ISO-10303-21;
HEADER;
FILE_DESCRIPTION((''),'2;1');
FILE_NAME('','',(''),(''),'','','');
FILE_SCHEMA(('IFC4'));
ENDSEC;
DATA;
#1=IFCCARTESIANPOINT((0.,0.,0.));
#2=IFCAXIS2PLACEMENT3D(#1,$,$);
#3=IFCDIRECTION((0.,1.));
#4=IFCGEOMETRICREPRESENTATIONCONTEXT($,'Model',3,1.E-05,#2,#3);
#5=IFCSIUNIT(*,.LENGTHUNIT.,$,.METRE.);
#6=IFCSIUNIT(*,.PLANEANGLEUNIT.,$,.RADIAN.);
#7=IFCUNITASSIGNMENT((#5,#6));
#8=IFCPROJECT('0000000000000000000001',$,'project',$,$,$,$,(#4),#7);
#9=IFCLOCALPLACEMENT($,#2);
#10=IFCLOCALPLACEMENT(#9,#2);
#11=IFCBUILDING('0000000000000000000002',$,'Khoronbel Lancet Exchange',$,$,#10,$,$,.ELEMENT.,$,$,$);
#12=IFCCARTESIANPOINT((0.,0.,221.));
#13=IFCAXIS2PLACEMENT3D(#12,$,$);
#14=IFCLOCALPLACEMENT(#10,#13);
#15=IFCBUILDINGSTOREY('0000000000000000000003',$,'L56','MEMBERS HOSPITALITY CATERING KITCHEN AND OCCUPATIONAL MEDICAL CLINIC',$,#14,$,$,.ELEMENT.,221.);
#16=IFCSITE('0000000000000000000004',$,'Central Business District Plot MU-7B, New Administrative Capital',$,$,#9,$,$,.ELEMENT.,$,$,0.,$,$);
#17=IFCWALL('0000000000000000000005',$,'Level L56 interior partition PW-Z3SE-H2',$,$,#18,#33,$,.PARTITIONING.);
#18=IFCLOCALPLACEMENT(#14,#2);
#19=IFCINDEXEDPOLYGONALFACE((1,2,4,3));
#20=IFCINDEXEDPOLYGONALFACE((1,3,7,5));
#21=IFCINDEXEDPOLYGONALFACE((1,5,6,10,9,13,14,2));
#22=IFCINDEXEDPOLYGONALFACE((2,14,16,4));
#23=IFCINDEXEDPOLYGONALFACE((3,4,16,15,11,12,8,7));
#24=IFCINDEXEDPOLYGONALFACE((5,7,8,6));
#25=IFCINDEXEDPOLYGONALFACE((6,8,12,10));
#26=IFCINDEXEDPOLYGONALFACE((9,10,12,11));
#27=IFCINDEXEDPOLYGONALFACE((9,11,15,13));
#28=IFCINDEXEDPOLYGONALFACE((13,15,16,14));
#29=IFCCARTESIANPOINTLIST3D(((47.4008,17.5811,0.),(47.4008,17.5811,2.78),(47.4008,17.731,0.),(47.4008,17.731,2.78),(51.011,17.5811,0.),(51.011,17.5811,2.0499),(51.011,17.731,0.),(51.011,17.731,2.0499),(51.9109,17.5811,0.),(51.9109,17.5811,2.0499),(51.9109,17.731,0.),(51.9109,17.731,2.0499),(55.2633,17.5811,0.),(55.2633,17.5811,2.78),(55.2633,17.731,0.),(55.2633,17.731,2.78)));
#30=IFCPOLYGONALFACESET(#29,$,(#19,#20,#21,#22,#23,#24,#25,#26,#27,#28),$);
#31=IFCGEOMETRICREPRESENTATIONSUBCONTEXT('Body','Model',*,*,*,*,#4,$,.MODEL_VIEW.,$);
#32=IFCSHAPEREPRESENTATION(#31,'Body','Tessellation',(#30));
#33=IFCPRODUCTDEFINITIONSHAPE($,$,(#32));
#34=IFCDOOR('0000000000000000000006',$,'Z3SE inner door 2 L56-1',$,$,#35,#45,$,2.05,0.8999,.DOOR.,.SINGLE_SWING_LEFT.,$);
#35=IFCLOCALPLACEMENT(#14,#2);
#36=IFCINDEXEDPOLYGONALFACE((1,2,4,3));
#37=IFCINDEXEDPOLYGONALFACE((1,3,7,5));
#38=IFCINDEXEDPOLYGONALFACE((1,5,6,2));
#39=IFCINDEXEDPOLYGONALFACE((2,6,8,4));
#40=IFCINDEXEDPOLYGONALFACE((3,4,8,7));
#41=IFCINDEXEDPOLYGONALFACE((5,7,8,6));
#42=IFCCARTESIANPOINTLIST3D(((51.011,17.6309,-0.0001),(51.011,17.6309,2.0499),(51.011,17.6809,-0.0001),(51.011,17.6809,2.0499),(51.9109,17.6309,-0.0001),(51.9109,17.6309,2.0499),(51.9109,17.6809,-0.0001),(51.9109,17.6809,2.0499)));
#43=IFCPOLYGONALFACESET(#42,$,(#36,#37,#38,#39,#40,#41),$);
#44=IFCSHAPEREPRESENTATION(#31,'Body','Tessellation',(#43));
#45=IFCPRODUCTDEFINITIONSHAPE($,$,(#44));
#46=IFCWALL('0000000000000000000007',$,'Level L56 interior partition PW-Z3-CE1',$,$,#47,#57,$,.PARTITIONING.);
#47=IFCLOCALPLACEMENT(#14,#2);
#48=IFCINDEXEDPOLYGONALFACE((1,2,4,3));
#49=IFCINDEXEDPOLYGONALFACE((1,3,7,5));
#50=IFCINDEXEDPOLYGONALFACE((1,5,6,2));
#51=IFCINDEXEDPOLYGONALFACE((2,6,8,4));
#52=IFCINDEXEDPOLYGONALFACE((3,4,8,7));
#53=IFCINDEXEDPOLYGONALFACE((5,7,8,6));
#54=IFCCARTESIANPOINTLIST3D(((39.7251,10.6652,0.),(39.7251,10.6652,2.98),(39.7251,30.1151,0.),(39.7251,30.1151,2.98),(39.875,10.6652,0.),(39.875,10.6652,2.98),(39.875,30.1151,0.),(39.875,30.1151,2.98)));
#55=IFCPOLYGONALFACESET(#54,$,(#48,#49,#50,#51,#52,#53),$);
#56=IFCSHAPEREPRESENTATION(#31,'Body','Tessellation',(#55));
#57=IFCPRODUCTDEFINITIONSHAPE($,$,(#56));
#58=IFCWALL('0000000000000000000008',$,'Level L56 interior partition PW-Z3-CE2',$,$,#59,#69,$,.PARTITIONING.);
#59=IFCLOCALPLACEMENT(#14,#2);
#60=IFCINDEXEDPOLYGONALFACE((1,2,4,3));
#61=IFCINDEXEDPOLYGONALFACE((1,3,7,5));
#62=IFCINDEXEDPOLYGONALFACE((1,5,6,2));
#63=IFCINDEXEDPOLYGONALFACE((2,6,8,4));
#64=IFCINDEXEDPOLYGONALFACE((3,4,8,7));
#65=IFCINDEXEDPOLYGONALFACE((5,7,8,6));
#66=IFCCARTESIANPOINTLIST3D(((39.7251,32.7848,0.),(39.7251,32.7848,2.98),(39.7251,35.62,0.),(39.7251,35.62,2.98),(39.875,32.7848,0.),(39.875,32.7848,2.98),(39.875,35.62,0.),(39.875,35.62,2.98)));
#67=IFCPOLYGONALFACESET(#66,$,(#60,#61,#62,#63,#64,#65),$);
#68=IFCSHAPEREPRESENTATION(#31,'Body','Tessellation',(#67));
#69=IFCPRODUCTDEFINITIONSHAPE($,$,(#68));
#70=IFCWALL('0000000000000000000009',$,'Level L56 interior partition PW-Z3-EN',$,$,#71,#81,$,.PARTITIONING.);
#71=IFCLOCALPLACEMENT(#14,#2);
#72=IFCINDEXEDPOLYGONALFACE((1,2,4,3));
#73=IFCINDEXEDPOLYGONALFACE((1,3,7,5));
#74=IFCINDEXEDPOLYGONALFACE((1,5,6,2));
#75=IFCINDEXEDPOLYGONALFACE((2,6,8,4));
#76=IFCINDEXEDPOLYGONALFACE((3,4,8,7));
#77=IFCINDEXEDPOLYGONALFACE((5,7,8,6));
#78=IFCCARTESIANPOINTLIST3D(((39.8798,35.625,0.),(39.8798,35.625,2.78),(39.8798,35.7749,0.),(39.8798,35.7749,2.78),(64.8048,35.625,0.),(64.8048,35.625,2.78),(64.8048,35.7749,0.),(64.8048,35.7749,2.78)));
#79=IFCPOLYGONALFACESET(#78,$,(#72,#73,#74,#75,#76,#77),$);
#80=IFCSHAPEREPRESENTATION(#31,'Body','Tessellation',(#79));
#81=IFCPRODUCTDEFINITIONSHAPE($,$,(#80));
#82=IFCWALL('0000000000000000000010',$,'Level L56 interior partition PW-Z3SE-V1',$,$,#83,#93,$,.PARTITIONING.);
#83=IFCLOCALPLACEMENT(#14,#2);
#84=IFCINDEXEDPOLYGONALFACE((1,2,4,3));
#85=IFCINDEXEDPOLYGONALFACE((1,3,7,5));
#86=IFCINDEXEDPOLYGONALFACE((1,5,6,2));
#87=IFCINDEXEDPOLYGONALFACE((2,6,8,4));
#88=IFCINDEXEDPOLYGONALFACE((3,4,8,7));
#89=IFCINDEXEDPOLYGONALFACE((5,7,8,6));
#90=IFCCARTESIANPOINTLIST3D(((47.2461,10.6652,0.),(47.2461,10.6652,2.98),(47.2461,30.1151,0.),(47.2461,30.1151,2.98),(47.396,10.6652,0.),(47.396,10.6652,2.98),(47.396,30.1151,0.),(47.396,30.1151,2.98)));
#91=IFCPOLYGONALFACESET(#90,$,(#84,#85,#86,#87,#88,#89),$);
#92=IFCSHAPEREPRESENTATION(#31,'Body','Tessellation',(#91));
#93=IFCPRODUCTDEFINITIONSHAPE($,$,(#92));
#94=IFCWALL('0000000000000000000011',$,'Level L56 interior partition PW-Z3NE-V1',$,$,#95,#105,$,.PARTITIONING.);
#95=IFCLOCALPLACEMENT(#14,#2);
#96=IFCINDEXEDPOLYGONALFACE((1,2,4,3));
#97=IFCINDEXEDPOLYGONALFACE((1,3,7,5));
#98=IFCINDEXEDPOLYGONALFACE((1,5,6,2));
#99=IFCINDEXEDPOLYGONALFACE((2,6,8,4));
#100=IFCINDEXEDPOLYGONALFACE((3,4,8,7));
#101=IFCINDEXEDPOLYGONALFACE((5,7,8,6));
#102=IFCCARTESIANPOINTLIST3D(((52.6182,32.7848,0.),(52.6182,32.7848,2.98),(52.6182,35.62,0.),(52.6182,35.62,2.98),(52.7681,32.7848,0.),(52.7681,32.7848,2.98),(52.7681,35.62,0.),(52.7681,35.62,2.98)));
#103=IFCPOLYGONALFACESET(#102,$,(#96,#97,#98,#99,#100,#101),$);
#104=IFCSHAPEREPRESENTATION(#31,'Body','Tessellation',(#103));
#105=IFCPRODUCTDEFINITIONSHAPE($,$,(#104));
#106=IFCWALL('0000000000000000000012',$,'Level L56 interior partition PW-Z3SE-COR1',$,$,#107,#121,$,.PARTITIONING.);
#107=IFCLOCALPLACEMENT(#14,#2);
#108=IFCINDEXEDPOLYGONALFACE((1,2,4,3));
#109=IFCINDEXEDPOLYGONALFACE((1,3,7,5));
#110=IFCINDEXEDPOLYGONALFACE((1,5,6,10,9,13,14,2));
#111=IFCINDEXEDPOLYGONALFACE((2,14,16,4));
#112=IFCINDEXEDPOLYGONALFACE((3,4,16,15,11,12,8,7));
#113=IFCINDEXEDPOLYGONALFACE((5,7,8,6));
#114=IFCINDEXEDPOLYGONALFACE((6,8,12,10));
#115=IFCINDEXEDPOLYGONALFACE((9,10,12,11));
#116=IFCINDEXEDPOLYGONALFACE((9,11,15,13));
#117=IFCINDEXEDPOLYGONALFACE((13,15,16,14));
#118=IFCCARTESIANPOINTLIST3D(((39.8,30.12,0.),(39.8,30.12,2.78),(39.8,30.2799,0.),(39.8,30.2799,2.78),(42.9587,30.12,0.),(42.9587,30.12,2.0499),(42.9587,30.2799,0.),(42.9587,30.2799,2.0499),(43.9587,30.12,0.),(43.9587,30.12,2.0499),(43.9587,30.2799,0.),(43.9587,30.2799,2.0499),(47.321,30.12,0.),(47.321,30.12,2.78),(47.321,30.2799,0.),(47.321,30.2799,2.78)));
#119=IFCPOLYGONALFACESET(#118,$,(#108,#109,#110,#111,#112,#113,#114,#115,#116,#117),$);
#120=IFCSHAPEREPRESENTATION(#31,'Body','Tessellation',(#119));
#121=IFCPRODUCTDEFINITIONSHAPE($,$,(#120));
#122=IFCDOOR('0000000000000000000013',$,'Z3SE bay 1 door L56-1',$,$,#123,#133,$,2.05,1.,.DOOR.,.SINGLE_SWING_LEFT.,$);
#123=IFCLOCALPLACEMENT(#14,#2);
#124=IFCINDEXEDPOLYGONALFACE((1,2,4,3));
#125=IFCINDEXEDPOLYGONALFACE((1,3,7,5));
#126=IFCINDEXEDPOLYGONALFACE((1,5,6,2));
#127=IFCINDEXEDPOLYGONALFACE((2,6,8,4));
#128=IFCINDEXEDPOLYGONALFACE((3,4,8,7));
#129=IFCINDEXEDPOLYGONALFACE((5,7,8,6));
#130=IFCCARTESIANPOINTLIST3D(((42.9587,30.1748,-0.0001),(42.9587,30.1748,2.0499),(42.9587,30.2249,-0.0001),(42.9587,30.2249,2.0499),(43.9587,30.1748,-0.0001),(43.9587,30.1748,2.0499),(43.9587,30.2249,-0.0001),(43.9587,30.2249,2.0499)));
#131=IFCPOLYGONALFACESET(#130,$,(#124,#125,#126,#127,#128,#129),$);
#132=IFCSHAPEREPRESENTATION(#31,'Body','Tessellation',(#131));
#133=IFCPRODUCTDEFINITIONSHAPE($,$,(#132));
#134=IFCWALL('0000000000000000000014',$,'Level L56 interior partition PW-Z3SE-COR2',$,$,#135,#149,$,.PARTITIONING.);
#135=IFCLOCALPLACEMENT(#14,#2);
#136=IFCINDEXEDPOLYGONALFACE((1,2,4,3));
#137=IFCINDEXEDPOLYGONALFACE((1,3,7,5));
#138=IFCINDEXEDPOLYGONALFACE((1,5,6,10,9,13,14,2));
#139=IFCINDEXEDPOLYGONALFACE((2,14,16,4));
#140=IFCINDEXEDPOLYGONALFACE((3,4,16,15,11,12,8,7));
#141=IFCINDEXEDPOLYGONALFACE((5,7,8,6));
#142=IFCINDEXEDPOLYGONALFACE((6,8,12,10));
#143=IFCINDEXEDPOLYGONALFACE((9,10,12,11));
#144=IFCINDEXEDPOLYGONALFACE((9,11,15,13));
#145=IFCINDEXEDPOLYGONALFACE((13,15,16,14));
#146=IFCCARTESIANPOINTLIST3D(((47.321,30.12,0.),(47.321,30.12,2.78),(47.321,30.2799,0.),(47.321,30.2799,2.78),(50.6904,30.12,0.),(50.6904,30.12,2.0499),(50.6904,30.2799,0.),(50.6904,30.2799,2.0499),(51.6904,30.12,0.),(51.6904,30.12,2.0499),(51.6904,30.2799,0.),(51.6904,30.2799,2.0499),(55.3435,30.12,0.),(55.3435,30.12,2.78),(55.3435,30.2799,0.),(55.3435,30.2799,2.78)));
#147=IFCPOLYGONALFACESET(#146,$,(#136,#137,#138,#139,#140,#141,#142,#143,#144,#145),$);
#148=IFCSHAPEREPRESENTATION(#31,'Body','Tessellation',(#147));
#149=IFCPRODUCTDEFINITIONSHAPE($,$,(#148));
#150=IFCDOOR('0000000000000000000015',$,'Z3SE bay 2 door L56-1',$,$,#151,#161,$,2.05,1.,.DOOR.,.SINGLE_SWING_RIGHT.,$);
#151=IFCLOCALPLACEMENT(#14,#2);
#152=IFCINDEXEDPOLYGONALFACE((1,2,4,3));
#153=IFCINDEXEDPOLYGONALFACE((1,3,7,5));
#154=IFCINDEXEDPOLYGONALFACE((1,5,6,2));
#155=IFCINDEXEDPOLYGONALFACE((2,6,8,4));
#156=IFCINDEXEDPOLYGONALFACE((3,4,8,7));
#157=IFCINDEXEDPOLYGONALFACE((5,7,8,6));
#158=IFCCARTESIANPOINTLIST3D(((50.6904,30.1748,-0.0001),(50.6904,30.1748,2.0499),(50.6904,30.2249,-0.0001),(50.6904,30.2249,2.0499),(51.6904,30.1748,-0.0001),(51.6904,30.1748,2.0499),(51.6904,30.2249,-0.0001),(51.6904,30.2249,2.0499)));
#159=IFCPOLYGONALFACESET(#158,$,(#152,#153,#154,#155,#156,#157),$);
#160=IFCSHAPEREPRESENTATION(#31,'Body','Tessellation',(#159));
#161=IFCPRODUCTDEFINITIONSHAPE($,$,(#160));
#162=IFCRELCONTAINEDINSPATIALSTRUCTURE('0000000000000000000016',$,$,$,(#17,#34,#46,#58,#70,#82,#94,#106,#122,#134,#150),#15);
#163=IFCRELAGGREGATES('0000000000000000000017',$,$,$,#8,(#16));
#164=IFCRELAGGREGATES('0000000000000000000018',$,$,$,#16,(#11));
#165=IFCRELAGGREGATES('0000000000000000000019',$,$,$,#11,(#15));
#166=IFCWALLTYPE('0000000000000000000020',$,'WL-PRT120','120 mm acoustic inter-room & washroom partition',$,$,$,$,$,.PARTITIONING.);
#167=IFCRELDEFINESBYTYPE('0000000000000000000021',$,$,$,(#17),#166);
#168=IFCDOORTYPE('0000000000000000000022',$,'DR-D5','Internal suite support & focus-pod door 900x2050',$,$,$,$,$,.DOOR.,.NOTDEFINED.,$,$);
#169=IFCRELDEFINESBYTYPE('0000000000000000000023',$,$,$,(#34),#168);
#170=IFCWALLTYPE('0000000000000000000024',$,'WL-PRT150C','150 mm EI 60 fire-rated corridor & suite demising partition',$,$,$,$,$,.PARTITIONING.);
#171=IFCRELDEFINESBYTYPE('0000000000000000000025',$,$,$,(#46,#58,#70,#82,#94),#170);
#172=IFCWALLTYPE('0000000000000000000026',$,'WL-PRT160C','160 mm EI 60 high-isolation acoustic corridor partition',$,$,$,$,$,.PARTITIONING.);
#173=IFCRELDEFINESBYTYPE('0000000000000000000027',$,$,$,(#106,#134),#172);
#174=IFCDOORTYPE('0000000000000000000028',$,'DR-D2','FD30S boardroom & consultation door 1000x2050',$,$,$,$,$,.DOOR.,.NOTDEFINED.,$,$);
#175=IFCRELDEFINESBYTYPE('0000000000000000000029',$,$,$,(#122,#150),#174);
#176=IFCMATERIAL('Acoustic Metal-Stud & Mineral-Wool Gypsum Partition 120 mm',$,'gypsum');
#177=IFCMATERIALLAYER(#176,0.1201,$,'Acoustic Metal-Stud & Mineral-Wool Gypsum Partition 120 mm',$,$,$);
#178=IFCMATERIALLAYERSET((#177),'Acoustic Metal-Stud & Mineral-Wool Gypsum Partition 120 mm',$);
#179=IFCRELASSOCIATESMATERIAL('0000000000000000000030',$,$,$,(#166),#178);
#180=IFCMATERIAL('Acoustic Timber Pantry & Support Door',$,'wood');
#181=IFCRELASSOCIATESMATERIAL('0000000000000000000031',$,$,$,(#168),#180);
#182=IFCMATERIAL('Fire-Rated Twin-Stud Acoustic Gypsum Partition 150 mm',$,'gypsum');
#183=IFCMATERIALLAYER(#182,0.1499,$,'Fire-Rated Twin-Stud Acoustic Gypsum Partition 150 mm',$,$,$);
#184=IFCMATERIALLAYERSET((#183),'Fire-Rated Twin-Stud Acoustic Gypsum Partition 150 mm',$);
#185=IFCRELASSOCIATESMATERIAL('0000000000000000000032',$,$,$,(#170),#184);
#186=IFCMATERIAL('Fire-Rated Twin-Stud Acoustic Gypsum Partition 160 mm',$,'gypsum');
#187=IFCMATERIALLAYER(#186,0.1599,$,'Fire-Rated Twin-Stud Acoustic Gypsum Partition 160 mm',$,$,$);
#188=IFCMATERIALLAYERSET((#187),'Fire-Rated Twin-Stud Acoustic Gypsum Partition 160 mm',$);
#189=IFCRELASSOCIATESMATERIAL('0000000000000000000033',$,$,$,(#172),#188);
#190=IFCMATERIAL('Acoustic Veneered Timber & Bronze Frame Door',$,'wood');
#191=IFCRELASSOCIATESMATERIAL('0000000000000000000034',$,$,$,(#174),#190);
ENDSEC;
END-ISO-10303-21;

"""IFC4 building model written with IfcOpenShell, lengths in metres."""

from ifc_helpers import new_model, si_unit, direction, frame, frame_2d, origin, place, context, subcontext, project, spatial, rectangle, extrude, material, layer, layer_set, type_object, element, fill, save


model = new_model("IFC4")

# Units and contexts
model_context = context("Model", 3, precision=1e-05, world=origin(), true_north=direction((0.0, 1.0)))
body_context = subcontext(model_context, "Body", "Model", "MODEL_VIEW")
ifc_project = project(units=[si_unit("LENGTHUNIT", "METRE"), si_unit("PLANEANGLEUNIT", "RADIAN")], contexts=[model_context])

# Site, building, storey
site_placement = place(None, origin())
site = spatial("IfcSite", under=ifc_project, at=site_placement, Name="Central Business District Plot MU-7B, New Administrative Capital", CompositionType="ELEMENT", RefElevation=0.0)
building_placement = place(site_placement, origin())
building = spatial("IfcBuilding", under=site, at=building_placement, Name="Khoronbel Lancet Exchange", CompositionType="ELEMENT")
storey_placement = place(building_placement, frame((0.0, 0.0, 221.0)))
storey = spatial("IfcBuildingStorey", under=building, at=storey_placement, Name="L56", Description="MEMBERS HOSPITALITY CATERING KITCHEN AND OCCUPATIONAL MEDICAL CLINIC", CompositionType="ELEMENT", Elevation=221.0)

# Wall, opening, door
ifc_material_1 = material(Name="Acoustic Metal-Stud & Mineral-Wool Gypsum Partition 120 mm", Category="gypsum")
ifc_layer_1 = layer(ifc_material_1, 0.1201, Name="Acoustic Metal-Stud & Mineral-Wool Gypsum Partition 120 mm")
ifc_layer_set_1 = layer_set([ifc_layer_1], Name="Acoustic Metal-Stud & Mineral-Wool Gypsum Partition 120 mm")
wall_type_1 = type_object("IfcWallType", Name="WL-PRT120", Description="120 mm acoustic inter-room & washroom partition", PredefinedType="PARTITIONING", material=ifc_layer_set_1)
wall_1_placement = place(storey_placement, frame((47.4009, 17.656, 0.0), z_axis=(0.0, 0.0, 1.0), x_axis=(1.0, 0.0, 0.0)))
wall_1 = element("IfcWall", 1, at=wall_1_placement, inside=storey, type_object=wall_type_1, Name="Level L56 interior partition PW-Z3SE-H2", PredefinedType="PARTITIONING", context=body_context, shape_type="SweptSolid", body=[
    extrude(rectangle(XDim=7.8625, YDim=0.1499, at=frame_2d((3.9312, 0.0))), origin(), (0.0, 0.0, 1.0), 2.78),
])
opening_1_placement = place(wall_1_placement, frame((3.6101, 0.0, 0.0)))
opening_1 = element("IfcOpeningElement", 2, at=opening_1_placement, cuts=wall_1, PredefinedType="OPENING", context=body_context, shape_type="SweptSolid", body=[
    extrude(rectangle(XDim=0.8999, YDim=2.05, at=frame_2d((0.45, 1.0249))), frame((0.0, 0.085, 0.0), z_axis=(0.0, -1.0, 0.0), x_axis=(1.0, 0.0, 0.0)), (0.0, 0.0, 1.0), 0.1699),
])
ifc_material_2 = material(Name="Acoustic Timber Pantry & Support Door", Category="wood")
door_type_1 = type_object("IfcDoorType", Name="DR-D5", Description="Internal suite support & focus-pod door 900x2050", OperationType="NOTDEFINED", PredefinedType="DOOR", material=ifc_material_2)
door_1_placement = place(opening_1_placement, origin())
door_1 = element("IfcDoor", 3, at=door_1_placement, inside=storey, type_object=door_type_1, Name="Z3SE inner door 2 L56-1", OperationType="SINGLE_SWING_LEFT", OverallHeight=2.05, OverallWidth=0.8999, PredefinedType="DOOR", context=body_context, shape_type="SweptSolid", body=[
    extrude(rectangle(XDim=0.8999, YDim=2.05, at=frame_2d((0.45, 1.0249))), frame((0.0, 0.0249, 0.0), z_axis=(0.0, -1.0, 0.0), x_axis=(1.0, 0.0, 0.0)), (0.0, 0.0, 1.0), 0.05),
])
fill(opening_1, door_1)

# Walls
ifc_material_3 = material(Name="Fire-Rated Twin-Stud Acoustic Gypsum Partition 150 mm", Category="gypsum")
ifc_layer_2 = layer(ifc_material_3, 0.1499, Name="Fire-Rated Twin-Stud Acoustic Gypsum Partition 150 mm")
ifc_layer_set_2 = layer_set([ifc_layer_2], Name="Fire-Rated Twin-Stud Acoustic Gypsum Partition 150 mm")
wall_type_2 = type_object("IfcWallType", Name="WL-PRT150C", Description="150 mm EI 60 fire-rated corridor & suite demising partition", PredefinedType="PARTITIONING", material=ifc_layer_set_2)
wall_2_placement = place(storey_placement, frame((39.8, 10.665, 0.0), z_axis=(0.0, 0.0, 1.0), x_axis=(0.0, 1.0, 0.0)))
element("IfcWall", 4, at=wall_2_placement, inside=storey, type_object=wall_type_2, Name="Level L56 interior partition PW-Z3-CE1", PredefinedType="PARTITIONING", context=body_context, shape_type="SweptSolid", body=[
    extrude(rectangle(XDim=19.45, YDim=0.1499, at=frame_2d((9.7251, 0.0))), origin(), (0.0, 0.0, 1.0), 2.98),
])
wall_3_placement = place(storey_placement, frame((39.8, 32.7849, 0.0), z_axis=(0.0, 0.0, 1.0), x_axis=(0.0, 1.0, 0.0)))
element("IfcWall", 5, at=wall_3_placement, inside=storey, type_object=wall_type_2, Name="Level L56 interior partition PW-Z3-CE2", PredefinedType="PARTITIONING", context=body_context, shape_type="SweptSolid", body=[
    extrude(rectangle(XDim=2.8352, YDim=0.1499, at=frame_2d((1.4175, 0.0))), origin(), (0.0, 0.0, 1.0), 2.98),
])
wall_4_placement = place(storey_placement, frame((39.8799, 35.7, 0.0), z_axis=(0.0, 0.0, 1.0), x_axis=(1.0, 0.0, 0.0)))
element("IfcWall", 6, at=wall_4_placement, inside=storey, type_object=wall_type_2, Name="Level L56 interior partition PW-Z3-EN", PredefinedType="PARTITIONING", context=body_context, shape_type="SweptSolid", body=[
    extrude(rectangle(XDim=24.925, YDim=0.1499, at=frame_2d((12.4624, 0.0))), origin(), (0.0, 0.0, 1.0), 2.78),
])
wall_5_placement = place(storey_placement, frame((47.321, 10.665, 0.0), z_axis=(0.0, 0.0, 1.0), x_axis=(0.0, 1.0, 0.0)))
element("IfcWall", 7, at=wall_5_placement, inside=storey, type_object=wall_type_2, Name="Level L56 interior partition PW-Z3SE-V1", PredefinedType="PARTITIONING", context=body_context, shape_type="SweptSolid", body=[
    extrude(rectangle(XDim=19.45, YDim=0.1499, at=frame_2d((9.7251, 0.0))), origin(), (0.0, 0.0, 1.0), 2.98),
])
wall_6_placement = place(storey_placement, frame((52.6931, 32.7849, 0.0), z_axis=(0.0, 0.0, 1.0), x_axis=(0.0, 1.0, 0.0)))
element("IfcWall", 8, at=wall_6_placement, inside=storey, type_object=wall_type_2, Name="Level L56 interior partition PW-Z3NE-V1", PredefinedType="PARTITIONING", context=body_context, shape_type="SweptSolid", body=[
    extrude(rectangle(XDim=2.8352, YDim=0.1499, at=frame_2d((1.4175, 0.0))), origin(), (0.0, 0.0, 1.0), 2.98),
])

# Walls, openings, doors
ifc_material_4 = material(Name="Fire-Rated Twin-Stud Acoustic Gypsum Partition 160 mm", Category="gypsum")
ifc_layer_3 = layer(ifc_material_4, 0.1599, Name="Fire-Rated Twin-Stud Acoustic Gypsum Partition 160 mm")
ifc_layer_set_3 = layer_set([ifc_layer_3], Name="Fire-Rated Twin-Stud Acoustic Gypsum Partition 160 mm")
wall_type_3 = type_object("IfcWallType", Name="WL-PRT160C", Description="160 mm EI 60 high-isolation acoustic corridor partition", PredefinedType="PARTITIONING", material=ifc_layer_set_3)
wall_7_placement = place(storey_placement, frame((39.8, 30.2, 0.0), z_axis=(0.0, 0.0, 1.0), x_axis=(1.0, 0.0, 0.0)))
wall_7 = element("IfcWall", 9, at=wall_7_placement, inside=storey, type_object=wall_type_3, Name="Level L56 interior partition PW-Z3SE-COR1", PredefinedType="PARTITIONING", context=body_context, shape_type="SweptSolid", body=[
    extrude(rectangle(XDim=7.521, YDim=0.1599, at=frame_2d((3.7605, 0.0))), origin(), (0.0, 0.0, 1.0), 2.78),
])
opening_2_placement = place(wall_7_placement, frame((3.1587, 0.0, 0.0)))
opening_2 = element("IfcOpeningElement", 10, at=opening_2_placement, cuts=wall_7, PredefinedType="OPENING", context=body_context, shape_type="SweptSolid", body=[
    extrude(rectangle(XDim=1.0, YDim=2.05, at=frame_2d((0.5, 1.0249))), frame((0.0, 0.0898, 0.0), z_axis=(0.0, -1.0, 0.0), x_axis=(1.0, 0.0, 0.0)), (0.0, 0.0, 1.0), 0.1799),
])
ifc_material_5 = material(Name="Acoustic Veneered Timber & Bronze Frame Door", Category="wood")
door_type_2 = type_object("IfcDoorType", Name="DR-D2", Description="FD30S boardroom & consultation door 1000x2050", OperationType="NOTDEFINED", PredefinedType="DOOR", material=ifc_material_5)
door_2_placement = place(opening_2_placement, origin())
door_2 = element("IfcDoor", 11, at=door_2_placement, inside=storey, type_object=door_type_2, Name="Z3SE bay 1 door L56-1", OperationType="SINGLE_SWING_LEFT", OverallHeight=2.05, OverallWidth=1.0, PredefinedType="DOOR", context=body_context, shape_type="SweptSolid", body=[
    extrude(rectangle(XDim=1.0, YDim=2.05, at=frame_2d((0.5, 1.0249))), frame((0.0, 0.0249, 0.0), z_axis=(0.0, -1.0, 0.0), x_axis=(1.0, 0.0, 0.0)), (0.0, 0.0, 1.0), 0.05),
])
fill(opening_2, door_2)
wall_8_placement = place(storey_placement, frame((47.321, 30.2, 0.0), z_axis=(0.0, 0.0, 1.0), x_axis=(1.0, 0.0, 0.0)))
wall_8 = element("IfcWall", 12, at=wall_8_placement, inside=storey, type_object=wall_type_3, Name="Level L56 interior partition PW-Z3SE-COR2", PredefinedType="PARTITIONING", context=body_context, shape_type="SweptSolid", body=[
    extrude(rectangle(XDim=8.0225, YDim=0.1599, at=frame_2d((4.0112, 0.0))), origin(), (0.0, 0.0, 1.0), 2.78),
])
opening_3_placement = place(wall_8_placement, frame((3.3694, 0.0, 0.0)))
opening_3 = element("IfcOpeningElement", 13, at=opening_3_placement, cuts=wall_8, PredefinedType="OPENING", context=body_context, shape_type="SweptSolid", body=[
    extrude(rectangle(XDim=1.0, YDim=2.05, at=frame_2d((0.5, 1.0249))), frame((0.0, 0.0898, 0.0), z_axis=(0.0, -1.0, 0.0), x_axis=(1.0, 0.0, 0.0)), (0.0, 0.0, 1.0), 0.1799),
])
door_3_placement = place(opening_3_placement, origin())
door_3 = element("IfcDoor", 14, at=door_3_placement, inside=storey, type_object=door_type_2, Name="Z3SE bay 2 door L56-1", OperationType="SINGLE_SWING_RIGHT", OverallHeight=2.05, OverallWidth=1.0, PredefinedType="DOOR", context=body_context, shape_type="SweptSolid", body=[
    extrude(rectangle(XDim=1.0, YDim=2.05, at=frame_2d((0.5, 1.0249))), frame((0.0, 0.0249, 0.0), z_axis=(0.0, -1.0, 0.0), x_axis=(1.0, 0.0, 0.0)), (0.0, 0.0, 1.0), 0.05),
])
fill(opening_3, door_3)

save(model, "model.ifc")
